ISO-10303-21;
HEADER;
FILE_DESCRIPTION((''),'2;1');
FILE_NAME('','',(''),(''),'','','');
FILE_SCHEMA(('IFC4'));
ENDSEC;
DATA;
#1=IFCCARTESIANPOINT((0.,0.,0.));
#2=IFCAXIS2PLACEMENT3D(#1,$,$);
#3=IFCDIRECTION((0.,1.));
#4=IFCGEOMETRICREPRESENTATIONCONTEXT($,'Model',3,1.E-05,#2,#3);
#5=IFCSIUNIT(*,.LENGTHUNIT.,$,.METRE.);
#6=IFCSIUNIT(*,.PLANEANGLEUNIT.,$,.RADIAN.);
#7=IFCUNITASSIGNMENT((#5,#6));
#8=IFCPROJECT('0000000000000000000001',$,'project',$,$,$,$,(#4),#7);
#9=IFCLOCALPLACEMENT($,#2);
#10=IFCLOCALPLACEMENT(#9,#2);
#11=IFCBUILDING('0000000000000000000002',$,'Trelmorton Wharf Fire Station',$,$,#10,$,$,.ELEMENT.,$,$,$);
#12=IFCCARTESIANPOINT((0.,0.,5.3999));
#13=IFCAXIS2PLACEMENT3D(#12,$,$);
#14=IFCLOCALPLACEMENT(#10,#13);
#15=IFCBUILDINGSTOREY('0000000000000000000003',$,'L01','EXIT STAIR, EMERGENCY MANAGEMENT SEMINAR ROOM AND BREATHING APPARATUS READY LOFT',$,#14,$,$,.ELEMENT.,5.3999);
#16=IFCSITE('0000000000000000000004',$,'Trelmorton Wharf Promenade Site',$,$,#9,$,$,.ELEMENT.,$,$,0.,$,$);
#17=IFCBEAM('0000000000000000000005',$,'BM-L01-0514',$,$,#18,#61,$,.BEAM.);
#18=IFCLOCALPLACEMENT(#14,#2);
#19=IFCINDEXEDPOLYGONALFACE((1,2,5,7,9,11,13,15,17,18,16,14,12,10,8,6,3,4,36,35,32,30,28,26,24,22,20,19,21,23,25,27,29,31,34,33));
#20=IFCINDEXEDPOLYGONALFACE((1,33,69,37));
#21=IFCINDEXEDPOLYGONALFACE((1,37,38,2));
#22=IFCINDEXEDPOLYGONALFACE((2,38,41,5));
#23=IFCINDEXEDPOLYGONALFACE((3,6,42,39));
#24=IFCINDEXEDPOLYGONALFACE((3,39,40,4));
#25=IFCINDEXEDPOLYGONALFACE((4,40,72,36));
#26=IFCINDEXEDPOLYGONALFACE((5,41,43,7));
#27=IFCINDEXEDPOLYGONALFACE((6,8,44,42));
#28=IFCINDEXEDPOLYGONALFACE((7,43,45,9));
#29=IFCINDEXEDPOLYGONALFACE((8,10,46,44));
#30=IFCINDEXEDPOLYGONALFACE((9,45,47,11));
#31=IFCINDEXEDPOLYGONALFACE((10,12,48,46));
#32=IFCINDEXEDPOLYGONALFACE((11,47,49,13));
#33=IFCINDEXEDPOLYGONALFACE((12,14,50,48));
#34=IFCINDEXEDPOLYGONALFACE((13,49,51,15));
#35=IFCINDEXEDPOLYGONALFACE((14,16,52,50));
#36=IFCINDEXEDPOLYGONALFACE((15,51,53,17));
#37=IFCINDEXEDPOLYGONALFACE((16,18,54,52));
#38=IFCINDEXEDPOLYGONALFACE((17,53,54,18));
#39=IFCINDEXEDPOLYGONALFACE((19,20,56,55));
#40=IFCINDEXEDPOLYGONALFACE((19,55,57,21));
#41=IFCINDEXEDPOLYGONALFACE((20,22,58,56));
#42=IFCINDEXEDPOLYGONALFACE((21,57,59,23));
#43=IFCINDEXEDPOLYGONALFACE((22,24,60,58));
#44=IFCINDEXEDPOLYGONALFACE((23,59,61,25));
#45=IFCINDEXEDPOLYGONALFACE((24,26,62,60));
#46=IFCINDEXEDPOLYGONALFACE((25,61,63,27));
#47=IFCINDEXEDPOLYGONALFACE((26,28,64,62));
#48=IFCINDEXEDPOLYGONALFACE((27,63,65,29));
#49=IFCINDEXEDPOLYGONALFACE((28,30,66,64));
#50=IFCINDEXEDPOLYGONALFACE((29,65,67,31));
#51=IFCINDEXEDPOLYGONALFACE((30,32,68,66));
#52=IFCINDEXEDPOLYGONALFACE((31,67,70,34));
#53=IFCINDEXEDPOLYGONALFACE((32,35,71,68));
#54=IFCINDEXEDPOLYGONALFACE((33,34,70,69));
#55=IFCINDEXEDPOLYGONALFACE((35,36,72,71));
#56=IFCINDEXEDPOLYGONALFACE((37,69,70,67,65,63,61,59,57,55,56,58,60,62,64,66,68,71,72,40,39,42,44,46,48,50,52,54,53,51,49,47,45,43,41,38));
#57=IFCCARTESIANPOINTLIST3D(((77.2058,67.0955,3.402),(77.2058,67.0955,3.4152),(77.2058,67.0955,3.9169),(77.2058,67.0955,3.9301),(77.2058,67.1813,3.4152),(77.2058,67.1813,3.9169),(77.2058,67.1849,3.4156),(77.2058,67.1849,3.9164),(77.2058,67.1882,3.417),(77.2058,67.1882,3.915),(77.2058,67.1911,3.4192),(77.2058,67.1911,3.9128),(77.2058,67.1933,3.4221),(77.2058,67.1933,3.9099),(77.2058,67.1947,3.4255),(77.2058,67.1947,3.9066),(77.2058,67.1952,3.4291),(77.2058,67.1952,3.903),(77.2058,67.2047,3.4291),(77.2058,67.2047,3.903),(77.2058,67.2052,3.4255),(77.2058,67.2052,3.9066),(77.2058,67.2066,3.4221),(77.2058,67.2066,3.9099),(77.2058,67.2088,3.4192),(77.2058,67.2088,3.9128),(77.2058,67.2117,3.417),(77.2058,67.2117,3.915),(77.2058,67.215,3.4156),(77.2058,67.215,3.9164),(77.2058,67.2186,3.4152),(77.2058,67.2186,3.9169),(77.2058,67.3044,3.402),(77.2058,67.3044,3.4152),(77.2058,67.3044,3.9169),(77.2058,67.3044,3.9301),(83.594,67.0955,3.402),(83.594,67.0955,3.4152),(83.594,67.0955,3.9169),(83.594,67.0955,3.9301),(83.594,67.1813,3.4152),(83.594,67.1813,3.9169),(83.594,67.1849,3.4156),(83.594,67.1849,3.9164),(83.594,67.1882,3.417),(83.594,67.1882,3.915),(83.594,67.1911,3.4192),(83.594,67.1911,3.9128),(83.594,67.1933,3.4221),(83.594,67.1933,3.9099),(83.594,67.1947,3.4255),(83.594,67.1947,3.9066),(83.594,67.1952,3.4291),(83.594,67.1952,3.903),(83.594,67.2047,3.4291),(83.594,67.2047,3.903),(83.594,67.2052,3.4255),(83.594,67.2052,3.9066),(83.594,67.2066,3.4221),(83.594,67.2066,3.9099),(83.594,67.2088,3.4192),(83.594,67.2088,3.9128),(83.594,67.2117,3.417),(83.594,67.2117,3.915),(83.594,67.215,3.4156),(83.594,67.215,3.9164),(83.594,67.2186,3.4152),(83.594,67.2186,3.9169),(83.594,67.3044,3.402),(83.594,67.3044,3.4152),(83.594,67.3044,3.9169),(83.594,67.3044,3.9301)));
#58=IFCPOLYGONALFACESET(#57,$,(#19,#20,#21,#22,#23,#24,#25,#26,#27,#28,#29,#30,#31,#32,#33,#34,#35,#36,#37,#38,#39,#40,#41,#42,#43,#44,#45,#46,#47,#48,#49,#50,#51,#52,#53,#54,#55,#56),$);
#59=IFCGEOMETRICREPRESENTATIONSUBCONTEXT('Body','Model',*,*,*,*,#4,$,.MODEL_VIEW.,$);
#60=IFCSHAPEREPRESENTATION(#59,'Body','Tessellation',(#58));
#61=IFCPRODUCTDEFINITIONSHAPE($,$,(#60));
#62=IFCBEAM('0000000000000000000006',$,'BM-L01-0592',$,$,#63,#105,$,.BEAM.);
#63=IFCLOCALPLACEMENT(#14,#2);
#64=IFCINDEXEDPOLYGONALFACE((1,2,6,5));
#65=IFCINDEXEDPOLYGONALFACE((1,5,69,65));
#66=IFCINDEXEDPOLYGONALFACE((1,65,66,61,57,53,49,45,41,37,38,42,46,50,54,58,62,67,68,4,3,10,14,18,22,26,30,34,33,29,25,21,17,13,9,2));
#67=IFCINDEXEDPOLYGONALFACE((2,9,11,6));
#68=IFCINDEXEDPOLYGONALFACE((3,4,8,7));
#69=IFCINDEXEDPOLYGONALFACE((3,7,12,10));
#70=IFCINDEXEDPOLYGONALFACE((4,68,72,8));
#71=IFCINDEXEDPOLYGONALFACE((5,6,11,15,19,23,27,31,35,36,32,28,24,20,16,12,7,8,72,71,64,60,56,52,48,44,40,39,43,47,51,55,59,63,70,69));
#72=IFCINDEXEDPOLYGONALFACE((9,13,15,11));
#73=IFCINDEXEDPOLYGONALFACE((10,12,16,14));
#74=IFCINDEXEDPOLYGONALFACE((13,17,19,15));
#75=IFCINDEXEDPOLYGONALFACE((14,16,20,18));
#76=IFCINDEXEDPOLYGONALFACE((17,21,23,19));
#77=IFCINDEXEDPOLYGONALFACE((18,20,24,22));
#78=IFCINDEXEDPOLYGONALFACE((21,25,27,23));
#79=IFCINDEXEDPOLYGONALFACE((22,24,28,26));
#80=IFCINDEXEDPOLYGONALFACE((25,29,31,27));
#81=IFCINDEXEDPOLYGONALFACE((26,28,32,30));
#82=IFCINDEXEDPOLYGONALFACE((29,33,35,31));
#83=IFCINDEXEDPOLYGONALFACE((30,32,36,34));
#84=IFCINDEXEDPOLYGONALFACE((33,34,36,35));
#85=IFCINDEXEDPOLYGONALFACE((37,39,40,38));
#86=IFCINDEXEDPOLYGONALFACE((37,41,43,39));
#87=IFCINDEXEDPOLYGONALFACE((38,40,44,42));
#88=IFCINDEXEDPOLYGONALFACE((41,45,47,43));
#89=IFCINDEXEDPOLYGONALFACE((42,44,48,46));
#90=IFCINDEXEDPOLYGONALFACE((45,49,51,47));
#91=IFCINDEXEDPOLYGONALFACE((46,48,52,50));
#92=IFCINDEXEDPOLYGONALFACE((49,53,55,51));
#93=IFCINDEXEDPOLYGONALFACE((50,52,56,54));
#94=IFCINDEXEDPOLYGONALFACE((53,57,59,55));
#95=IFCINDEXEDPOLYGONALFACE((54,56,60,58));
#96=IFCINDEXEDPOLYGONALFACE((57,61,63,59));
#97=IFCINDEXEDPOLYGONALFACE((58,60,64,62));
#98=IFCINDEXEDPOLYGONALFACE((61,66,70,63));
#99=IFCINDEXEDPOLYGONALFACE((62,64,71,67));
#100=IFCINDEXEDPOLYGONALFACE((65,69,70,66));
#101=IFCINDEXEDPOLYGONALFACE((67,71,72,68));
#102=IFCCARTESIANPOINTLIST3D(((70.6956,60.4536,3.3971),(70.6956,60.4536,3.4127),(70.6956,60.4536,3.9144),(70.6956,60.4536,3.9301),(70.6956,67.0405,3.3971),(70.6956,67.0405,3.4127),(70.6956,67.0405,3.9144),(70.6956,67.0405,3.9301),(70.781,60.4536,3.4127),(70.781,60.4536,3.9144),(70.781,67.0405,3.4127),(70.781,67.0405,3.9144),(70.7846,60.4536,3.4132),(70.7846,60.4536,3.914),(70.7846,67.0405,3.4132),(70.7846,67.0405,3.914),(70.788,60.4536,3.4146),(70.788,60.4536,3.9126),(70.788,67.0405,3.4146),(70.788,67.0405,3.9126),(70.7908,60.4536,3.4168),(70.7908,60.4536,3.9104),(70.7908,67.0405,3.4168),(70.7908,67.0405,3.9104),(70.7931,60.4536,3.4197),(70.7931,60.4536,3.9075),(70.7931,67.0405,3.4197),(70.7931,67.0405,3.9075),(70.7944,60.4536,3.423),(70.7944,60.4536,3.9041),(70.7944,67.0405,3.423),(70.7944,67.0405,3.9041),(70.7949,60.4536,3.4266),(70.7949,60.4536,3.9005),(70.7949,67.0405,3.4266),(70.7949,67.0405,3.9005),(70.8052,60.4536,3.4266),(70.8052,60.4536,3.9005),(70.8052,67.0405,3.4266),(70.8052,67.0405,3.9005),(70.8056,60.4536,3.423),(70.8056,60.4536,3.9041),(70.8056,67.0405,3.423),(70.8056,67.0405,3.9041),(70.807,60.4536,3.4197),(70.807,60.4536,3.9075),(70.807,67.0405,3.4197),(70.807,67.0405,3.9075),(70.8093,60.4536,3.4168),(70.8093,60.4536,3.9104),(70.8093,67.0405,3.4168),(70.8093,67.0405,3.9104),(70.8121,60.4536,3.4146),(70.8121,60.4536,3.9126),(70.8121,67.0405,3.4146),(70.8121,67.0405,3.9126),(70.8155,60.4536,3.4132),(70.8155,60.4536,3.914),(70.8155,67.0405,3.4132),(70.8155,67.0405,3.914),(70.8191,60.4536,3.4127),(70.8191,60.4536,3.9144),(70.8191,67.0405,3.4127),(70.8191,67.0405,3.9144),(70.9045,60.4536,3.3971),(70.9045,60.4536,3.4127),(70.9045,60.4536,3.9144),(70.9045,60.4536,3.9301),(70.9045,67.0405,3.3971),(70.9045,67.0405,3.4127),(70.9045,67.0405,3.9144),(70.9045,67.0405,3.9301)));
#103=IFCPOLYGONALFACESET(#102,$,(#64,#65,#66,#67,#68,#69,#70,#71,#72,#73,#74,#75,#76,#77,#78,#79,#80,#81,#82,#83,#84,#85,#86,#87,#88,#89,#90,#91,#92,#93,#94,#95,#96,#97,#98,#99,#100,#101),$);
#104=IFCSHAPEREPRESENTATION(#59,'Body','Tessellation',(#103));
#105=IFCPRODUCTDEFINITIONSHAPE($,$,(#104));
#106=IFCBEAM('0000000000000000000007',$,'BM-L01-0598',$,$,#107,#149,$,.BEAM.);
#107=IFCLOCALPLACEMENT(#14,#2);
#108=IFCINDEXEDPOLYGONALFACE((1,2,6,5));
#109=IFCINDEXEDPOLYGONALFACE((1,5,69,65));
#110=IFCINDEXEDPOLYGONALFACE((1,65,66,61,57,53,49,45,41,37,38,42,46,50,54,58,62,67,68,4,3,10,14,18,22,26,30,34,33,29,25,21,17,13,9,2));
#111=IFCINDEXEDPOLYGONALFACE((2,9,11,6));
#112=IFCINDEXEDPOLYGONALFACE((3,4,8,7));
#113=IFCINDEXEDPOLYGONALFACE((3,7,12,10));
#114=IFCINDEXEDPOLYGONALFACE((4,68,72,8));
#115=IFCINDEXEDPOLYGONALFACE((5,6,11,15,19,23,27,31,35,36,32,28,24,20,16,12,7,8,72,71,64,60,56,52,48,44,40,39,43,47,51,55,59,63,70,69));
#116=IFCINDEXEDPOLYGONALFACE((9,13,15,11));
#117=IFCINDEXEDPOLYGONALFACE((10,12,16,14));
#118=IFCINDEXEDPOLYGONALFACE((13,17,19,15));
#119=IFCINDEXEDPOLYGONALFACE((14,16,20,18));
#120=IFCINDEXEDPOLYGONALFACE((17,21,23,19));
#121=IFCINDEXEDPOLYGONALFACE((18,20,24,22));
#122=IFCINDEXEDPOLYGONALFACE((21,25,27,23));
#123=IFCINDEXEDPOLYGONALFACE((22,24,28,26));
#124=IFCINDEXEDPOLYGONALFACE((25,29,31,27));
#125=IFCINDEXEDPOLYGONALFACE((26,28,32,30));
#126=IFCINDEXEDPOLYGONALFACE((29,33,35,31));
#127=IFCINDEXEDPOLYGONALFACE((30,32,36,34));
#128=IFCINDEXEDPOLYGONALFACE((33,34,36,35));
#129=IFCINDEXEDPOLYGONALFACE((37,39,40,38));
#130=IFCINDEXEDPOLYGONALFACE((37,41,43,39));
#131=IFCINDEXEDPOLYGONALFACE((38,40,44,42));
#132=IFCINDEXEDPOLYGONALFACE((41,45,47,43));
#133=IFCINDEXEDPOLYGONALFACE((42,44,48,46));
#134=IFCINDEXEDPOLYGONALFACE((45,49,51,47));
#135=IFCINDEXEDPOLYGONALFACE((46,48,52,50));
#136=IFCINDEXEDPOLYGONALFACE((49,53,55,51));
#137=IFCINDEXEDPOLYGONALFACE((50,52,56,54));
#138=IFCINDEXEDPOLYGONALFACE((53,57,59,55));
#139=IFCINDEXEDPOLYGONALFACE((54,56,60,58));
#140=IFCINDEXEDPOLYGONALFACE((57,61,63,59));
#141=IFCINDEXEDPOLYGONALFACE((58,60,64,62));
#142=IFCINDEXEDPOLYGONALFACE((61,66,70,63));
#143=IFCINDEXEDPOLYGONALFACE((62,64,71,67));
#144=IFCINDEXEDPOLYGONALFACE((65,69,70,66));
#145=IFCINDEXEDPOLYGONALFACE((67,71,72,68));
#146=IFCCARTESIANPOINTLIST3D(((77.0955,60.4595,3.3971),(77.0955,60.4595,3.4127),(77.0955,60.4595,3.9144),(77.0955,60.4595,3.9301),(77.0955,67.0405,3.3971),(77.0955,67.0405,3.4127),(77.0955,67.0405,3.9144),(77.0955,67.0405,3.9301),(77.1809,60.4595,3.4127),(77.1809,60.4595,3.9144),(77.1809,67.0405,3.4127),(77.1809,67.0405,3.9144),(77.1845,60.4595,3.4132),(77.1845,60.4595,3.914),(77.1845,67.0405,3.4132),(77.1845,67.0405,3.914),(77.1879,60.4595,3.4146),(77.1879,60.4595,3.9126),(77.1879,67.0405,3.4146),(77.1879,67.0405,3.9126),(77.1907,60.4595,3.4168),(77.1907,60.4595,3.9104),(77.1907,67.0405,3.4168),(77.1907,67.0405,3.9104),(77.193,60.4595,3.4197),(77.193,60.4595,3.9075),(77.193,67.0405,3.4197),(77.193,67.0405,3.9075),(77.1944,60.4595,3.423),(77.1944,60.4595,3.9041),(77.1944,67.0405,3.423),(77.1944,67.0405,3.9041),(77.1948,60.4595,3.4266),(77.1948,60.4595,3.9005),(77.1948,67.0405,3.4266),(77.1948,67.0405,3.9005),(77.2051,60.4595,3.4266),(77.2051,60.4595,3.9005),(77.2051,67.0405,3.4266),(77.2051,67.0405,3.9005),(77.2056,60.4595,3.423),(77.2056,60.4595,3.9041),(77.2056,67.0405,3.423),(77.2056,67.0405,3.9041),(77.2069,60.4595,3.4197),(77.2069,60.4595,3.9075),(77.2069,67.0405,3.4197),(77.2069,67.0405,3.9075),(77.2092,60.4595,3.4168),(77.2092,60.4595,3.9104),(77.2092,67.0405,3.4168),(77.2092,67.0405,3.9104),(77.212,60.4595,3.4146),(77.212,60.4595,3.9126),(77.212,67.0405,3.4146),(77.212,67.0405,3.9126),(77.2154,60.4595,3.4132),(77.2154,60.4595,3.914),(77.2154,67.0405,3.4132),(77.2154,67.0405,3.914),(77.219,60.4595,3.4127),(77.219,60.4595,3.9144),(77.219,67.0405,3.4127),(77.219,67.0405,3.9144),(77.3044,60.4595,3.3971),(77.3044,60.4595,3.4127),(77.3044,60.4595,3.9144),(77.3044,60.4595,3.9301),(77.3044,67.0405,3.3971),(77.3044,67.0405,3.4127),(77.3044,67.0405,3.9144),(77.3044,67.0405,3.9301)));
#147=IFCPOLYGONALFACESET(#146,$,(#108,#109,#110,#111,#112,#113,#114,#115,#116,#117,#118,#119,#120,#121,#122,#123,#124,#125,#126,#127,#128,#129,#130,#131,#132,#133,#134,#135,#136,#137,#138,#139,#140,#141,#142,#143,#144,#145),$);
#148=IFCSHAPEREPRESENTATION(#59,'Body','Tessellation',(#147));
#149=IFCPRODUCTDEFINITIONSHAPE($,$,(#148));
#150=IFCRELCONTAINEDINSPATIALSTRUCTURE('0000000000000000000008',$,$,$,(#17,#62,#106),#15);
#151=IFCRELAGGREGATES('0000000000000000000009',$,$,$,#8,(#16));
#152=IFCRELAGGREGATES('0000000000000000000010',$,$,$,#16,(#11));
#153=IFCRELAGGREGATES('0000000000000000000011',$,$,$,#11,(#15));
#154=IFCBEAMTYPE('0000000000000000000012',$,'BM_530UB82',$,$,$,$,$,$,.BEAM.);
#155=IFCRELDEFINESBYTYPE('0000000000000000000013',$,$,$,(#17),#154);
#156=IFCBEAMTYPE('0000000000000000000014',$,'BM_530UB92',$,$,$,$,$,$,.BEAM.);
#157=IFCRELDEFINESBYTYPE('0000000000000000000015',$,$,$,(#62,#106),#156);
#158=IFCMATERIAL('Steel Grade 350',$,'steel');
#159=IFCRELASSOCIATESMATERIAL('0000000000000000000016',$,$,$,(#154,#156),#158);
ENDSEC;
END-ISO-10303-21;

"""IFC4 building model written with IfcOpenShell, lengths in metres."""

from ifc_helpers import new_model, si_unit, direction, frame, origin, origin_2d, place, context, subcontext, project, spatial, i_section, extrude, material, material_profile, profile_set, type_object, element, save


model = new_model("IFC4")

# Units and contexts
model_context = context("Model", 3, precision=1e-05, world=origin(), true_north=direction((0.0, 1.0)))
body_context = subcontext(model_context, "Body", "Model", "MODEL_VIEW")
ifc_project = project(units=[si_unit("LENGTHUNIT", "METRE"), si_unit("PLANEANGLEUNIT", "RADIAN")], contexts=[model_context])

# Site, building, storey
site_placement = place(None, origin())
site = spatial("IfcSite", under=ifc_project, at=site_placement, Name="Trelmorton Wharf Promenade Site", CompositionType="ELEMENT", RefElevation=0.0)
building_placement = place(site_placement, origin())
building = spatial("IfcBuilding", under=site, at=building_placement, Name="Trelmorton Wharf Fire Station", CompositionType="ELEMENT")
storey_placement = place(building_placement, frame((0.0, 0.0, 5.3999)))
storey = spatial("IfcBuildingStorey", under=building, at=storey_placement, Name="L01", Description="EXIT STAIR, EMERGENCY MANAGEMENT SEMINAR ROOM AND BREATHING APPARATUS READY LOFT", CompositionType="ELEMENT", Elevation=5.3999)

# Shared definitions
ifc_material_1 = material(Name="Steel Grade 350", Category="steel")

# Beams
ifc_material_profile_1 = material_profile(ifc_material_1, i_section(OverallWidth=0.209, OverallDepth=0.5281, WebThickness=0.0095, FlangeThickness=0.0132, FilletRadius=0.0139, at=origin_2d()), Name="530UB82.0")
ifc_profile_set_1 = profile_set([ifc_material_profile_1], Name="Steel Grade 350")
beam_type_1 = type_object("IfcBeamType", Name="BM_530UB82", PredefinedType="BEAM", material=ifc_profile_set_1)
for number, where, z_axis, x_axis, name in (
    (1, (77.2058, 67.2, 3.666), (1.0, 0.0, 0.0), (0.0, 1.0, 0.0), "BM-L01-0514"),
):
    element("IfcBeam", number, at=place(storey_placement, frame(where, z_axis=z_axis, x_axis=x_axis)), inside=storey, type_object=beam_type_1, Name=name, PredefinedType="BEAM", context=body_context, shape_type="SweptSolid", body=[
        extrude(i_section(OverallWidth=0.209, OverallDepth=0.5281, WebThickness=0.0095, FlangeThickness=0.0132, FilletRadius=0.0139, at=origin_2d()), origin(), (0.0, 0.0, 1.0), 6.3882),
    ])
ifc_material_profile_2 = material_profile(ifc_material_1, i_section(OverallWidth=0.209, OverallDepth=0.533, WebThickness=0.0103, FlangeThickness=0.0156, FilletRadius=0.0139, at=origin_2d()), Name="530UB92.4")
ifc_profile_set_2 = profile_set([ifc_material_profile_2], Name="Steel Grade 350")
beam_type_2 = type_object("IfcBeamType", Name="BM_530UB92", PredefinedType="BEAM", material=ifc_profile_set_2)
beam_1_placement = place(storey_placement, frame((70.8, 60.4536, 3.6636), z_axis=(0.0, 1.0, 0.0), x_axis=(-1.0, 0.0, 0.0)))
element("IfcBeam", 2, at=beam_1_placement, inside=storey, type_object=beam_type_2, Name="BM-L01-0592", PredefinedType="BEAM", context=body_context, shape_type="SweptSolid", body=[
    extrude(i_section(OverallWidth=0.209, OverallDepth=0.533, WebThickness=0.0103, FlangeThickness=0.0156, FilletRadius=0.0139, at=origin_2d()), origin(), (0.0, 0.0, 1.0), 6.5869),
])
beam_2_placement = place(storey_placement, frame((77.2, 60.4595, 3.6636), z_axis=(0.0, 1.0, 0.0), x_axis=(-1.0, 0.0, 0.0)))
element("IfcBeam", 3, at=beam_2_placement, inside=storey, type_object=beam_type_2, Name="BM-L01-0598", PredefinedType="BEAM", context=body_context, shape_type="SweptSolid", body=[
    extrude(i_section(OverallWidth=0.209, OverallDepth=0.533, WebThickness=0.0103, FlangeThickness=0.0156, FilletRadius=0.0139, at=origin_2d()), origin(), (0.0, 0.0, 1.0), 6.5811),
])

save(model, "model.ifc")
